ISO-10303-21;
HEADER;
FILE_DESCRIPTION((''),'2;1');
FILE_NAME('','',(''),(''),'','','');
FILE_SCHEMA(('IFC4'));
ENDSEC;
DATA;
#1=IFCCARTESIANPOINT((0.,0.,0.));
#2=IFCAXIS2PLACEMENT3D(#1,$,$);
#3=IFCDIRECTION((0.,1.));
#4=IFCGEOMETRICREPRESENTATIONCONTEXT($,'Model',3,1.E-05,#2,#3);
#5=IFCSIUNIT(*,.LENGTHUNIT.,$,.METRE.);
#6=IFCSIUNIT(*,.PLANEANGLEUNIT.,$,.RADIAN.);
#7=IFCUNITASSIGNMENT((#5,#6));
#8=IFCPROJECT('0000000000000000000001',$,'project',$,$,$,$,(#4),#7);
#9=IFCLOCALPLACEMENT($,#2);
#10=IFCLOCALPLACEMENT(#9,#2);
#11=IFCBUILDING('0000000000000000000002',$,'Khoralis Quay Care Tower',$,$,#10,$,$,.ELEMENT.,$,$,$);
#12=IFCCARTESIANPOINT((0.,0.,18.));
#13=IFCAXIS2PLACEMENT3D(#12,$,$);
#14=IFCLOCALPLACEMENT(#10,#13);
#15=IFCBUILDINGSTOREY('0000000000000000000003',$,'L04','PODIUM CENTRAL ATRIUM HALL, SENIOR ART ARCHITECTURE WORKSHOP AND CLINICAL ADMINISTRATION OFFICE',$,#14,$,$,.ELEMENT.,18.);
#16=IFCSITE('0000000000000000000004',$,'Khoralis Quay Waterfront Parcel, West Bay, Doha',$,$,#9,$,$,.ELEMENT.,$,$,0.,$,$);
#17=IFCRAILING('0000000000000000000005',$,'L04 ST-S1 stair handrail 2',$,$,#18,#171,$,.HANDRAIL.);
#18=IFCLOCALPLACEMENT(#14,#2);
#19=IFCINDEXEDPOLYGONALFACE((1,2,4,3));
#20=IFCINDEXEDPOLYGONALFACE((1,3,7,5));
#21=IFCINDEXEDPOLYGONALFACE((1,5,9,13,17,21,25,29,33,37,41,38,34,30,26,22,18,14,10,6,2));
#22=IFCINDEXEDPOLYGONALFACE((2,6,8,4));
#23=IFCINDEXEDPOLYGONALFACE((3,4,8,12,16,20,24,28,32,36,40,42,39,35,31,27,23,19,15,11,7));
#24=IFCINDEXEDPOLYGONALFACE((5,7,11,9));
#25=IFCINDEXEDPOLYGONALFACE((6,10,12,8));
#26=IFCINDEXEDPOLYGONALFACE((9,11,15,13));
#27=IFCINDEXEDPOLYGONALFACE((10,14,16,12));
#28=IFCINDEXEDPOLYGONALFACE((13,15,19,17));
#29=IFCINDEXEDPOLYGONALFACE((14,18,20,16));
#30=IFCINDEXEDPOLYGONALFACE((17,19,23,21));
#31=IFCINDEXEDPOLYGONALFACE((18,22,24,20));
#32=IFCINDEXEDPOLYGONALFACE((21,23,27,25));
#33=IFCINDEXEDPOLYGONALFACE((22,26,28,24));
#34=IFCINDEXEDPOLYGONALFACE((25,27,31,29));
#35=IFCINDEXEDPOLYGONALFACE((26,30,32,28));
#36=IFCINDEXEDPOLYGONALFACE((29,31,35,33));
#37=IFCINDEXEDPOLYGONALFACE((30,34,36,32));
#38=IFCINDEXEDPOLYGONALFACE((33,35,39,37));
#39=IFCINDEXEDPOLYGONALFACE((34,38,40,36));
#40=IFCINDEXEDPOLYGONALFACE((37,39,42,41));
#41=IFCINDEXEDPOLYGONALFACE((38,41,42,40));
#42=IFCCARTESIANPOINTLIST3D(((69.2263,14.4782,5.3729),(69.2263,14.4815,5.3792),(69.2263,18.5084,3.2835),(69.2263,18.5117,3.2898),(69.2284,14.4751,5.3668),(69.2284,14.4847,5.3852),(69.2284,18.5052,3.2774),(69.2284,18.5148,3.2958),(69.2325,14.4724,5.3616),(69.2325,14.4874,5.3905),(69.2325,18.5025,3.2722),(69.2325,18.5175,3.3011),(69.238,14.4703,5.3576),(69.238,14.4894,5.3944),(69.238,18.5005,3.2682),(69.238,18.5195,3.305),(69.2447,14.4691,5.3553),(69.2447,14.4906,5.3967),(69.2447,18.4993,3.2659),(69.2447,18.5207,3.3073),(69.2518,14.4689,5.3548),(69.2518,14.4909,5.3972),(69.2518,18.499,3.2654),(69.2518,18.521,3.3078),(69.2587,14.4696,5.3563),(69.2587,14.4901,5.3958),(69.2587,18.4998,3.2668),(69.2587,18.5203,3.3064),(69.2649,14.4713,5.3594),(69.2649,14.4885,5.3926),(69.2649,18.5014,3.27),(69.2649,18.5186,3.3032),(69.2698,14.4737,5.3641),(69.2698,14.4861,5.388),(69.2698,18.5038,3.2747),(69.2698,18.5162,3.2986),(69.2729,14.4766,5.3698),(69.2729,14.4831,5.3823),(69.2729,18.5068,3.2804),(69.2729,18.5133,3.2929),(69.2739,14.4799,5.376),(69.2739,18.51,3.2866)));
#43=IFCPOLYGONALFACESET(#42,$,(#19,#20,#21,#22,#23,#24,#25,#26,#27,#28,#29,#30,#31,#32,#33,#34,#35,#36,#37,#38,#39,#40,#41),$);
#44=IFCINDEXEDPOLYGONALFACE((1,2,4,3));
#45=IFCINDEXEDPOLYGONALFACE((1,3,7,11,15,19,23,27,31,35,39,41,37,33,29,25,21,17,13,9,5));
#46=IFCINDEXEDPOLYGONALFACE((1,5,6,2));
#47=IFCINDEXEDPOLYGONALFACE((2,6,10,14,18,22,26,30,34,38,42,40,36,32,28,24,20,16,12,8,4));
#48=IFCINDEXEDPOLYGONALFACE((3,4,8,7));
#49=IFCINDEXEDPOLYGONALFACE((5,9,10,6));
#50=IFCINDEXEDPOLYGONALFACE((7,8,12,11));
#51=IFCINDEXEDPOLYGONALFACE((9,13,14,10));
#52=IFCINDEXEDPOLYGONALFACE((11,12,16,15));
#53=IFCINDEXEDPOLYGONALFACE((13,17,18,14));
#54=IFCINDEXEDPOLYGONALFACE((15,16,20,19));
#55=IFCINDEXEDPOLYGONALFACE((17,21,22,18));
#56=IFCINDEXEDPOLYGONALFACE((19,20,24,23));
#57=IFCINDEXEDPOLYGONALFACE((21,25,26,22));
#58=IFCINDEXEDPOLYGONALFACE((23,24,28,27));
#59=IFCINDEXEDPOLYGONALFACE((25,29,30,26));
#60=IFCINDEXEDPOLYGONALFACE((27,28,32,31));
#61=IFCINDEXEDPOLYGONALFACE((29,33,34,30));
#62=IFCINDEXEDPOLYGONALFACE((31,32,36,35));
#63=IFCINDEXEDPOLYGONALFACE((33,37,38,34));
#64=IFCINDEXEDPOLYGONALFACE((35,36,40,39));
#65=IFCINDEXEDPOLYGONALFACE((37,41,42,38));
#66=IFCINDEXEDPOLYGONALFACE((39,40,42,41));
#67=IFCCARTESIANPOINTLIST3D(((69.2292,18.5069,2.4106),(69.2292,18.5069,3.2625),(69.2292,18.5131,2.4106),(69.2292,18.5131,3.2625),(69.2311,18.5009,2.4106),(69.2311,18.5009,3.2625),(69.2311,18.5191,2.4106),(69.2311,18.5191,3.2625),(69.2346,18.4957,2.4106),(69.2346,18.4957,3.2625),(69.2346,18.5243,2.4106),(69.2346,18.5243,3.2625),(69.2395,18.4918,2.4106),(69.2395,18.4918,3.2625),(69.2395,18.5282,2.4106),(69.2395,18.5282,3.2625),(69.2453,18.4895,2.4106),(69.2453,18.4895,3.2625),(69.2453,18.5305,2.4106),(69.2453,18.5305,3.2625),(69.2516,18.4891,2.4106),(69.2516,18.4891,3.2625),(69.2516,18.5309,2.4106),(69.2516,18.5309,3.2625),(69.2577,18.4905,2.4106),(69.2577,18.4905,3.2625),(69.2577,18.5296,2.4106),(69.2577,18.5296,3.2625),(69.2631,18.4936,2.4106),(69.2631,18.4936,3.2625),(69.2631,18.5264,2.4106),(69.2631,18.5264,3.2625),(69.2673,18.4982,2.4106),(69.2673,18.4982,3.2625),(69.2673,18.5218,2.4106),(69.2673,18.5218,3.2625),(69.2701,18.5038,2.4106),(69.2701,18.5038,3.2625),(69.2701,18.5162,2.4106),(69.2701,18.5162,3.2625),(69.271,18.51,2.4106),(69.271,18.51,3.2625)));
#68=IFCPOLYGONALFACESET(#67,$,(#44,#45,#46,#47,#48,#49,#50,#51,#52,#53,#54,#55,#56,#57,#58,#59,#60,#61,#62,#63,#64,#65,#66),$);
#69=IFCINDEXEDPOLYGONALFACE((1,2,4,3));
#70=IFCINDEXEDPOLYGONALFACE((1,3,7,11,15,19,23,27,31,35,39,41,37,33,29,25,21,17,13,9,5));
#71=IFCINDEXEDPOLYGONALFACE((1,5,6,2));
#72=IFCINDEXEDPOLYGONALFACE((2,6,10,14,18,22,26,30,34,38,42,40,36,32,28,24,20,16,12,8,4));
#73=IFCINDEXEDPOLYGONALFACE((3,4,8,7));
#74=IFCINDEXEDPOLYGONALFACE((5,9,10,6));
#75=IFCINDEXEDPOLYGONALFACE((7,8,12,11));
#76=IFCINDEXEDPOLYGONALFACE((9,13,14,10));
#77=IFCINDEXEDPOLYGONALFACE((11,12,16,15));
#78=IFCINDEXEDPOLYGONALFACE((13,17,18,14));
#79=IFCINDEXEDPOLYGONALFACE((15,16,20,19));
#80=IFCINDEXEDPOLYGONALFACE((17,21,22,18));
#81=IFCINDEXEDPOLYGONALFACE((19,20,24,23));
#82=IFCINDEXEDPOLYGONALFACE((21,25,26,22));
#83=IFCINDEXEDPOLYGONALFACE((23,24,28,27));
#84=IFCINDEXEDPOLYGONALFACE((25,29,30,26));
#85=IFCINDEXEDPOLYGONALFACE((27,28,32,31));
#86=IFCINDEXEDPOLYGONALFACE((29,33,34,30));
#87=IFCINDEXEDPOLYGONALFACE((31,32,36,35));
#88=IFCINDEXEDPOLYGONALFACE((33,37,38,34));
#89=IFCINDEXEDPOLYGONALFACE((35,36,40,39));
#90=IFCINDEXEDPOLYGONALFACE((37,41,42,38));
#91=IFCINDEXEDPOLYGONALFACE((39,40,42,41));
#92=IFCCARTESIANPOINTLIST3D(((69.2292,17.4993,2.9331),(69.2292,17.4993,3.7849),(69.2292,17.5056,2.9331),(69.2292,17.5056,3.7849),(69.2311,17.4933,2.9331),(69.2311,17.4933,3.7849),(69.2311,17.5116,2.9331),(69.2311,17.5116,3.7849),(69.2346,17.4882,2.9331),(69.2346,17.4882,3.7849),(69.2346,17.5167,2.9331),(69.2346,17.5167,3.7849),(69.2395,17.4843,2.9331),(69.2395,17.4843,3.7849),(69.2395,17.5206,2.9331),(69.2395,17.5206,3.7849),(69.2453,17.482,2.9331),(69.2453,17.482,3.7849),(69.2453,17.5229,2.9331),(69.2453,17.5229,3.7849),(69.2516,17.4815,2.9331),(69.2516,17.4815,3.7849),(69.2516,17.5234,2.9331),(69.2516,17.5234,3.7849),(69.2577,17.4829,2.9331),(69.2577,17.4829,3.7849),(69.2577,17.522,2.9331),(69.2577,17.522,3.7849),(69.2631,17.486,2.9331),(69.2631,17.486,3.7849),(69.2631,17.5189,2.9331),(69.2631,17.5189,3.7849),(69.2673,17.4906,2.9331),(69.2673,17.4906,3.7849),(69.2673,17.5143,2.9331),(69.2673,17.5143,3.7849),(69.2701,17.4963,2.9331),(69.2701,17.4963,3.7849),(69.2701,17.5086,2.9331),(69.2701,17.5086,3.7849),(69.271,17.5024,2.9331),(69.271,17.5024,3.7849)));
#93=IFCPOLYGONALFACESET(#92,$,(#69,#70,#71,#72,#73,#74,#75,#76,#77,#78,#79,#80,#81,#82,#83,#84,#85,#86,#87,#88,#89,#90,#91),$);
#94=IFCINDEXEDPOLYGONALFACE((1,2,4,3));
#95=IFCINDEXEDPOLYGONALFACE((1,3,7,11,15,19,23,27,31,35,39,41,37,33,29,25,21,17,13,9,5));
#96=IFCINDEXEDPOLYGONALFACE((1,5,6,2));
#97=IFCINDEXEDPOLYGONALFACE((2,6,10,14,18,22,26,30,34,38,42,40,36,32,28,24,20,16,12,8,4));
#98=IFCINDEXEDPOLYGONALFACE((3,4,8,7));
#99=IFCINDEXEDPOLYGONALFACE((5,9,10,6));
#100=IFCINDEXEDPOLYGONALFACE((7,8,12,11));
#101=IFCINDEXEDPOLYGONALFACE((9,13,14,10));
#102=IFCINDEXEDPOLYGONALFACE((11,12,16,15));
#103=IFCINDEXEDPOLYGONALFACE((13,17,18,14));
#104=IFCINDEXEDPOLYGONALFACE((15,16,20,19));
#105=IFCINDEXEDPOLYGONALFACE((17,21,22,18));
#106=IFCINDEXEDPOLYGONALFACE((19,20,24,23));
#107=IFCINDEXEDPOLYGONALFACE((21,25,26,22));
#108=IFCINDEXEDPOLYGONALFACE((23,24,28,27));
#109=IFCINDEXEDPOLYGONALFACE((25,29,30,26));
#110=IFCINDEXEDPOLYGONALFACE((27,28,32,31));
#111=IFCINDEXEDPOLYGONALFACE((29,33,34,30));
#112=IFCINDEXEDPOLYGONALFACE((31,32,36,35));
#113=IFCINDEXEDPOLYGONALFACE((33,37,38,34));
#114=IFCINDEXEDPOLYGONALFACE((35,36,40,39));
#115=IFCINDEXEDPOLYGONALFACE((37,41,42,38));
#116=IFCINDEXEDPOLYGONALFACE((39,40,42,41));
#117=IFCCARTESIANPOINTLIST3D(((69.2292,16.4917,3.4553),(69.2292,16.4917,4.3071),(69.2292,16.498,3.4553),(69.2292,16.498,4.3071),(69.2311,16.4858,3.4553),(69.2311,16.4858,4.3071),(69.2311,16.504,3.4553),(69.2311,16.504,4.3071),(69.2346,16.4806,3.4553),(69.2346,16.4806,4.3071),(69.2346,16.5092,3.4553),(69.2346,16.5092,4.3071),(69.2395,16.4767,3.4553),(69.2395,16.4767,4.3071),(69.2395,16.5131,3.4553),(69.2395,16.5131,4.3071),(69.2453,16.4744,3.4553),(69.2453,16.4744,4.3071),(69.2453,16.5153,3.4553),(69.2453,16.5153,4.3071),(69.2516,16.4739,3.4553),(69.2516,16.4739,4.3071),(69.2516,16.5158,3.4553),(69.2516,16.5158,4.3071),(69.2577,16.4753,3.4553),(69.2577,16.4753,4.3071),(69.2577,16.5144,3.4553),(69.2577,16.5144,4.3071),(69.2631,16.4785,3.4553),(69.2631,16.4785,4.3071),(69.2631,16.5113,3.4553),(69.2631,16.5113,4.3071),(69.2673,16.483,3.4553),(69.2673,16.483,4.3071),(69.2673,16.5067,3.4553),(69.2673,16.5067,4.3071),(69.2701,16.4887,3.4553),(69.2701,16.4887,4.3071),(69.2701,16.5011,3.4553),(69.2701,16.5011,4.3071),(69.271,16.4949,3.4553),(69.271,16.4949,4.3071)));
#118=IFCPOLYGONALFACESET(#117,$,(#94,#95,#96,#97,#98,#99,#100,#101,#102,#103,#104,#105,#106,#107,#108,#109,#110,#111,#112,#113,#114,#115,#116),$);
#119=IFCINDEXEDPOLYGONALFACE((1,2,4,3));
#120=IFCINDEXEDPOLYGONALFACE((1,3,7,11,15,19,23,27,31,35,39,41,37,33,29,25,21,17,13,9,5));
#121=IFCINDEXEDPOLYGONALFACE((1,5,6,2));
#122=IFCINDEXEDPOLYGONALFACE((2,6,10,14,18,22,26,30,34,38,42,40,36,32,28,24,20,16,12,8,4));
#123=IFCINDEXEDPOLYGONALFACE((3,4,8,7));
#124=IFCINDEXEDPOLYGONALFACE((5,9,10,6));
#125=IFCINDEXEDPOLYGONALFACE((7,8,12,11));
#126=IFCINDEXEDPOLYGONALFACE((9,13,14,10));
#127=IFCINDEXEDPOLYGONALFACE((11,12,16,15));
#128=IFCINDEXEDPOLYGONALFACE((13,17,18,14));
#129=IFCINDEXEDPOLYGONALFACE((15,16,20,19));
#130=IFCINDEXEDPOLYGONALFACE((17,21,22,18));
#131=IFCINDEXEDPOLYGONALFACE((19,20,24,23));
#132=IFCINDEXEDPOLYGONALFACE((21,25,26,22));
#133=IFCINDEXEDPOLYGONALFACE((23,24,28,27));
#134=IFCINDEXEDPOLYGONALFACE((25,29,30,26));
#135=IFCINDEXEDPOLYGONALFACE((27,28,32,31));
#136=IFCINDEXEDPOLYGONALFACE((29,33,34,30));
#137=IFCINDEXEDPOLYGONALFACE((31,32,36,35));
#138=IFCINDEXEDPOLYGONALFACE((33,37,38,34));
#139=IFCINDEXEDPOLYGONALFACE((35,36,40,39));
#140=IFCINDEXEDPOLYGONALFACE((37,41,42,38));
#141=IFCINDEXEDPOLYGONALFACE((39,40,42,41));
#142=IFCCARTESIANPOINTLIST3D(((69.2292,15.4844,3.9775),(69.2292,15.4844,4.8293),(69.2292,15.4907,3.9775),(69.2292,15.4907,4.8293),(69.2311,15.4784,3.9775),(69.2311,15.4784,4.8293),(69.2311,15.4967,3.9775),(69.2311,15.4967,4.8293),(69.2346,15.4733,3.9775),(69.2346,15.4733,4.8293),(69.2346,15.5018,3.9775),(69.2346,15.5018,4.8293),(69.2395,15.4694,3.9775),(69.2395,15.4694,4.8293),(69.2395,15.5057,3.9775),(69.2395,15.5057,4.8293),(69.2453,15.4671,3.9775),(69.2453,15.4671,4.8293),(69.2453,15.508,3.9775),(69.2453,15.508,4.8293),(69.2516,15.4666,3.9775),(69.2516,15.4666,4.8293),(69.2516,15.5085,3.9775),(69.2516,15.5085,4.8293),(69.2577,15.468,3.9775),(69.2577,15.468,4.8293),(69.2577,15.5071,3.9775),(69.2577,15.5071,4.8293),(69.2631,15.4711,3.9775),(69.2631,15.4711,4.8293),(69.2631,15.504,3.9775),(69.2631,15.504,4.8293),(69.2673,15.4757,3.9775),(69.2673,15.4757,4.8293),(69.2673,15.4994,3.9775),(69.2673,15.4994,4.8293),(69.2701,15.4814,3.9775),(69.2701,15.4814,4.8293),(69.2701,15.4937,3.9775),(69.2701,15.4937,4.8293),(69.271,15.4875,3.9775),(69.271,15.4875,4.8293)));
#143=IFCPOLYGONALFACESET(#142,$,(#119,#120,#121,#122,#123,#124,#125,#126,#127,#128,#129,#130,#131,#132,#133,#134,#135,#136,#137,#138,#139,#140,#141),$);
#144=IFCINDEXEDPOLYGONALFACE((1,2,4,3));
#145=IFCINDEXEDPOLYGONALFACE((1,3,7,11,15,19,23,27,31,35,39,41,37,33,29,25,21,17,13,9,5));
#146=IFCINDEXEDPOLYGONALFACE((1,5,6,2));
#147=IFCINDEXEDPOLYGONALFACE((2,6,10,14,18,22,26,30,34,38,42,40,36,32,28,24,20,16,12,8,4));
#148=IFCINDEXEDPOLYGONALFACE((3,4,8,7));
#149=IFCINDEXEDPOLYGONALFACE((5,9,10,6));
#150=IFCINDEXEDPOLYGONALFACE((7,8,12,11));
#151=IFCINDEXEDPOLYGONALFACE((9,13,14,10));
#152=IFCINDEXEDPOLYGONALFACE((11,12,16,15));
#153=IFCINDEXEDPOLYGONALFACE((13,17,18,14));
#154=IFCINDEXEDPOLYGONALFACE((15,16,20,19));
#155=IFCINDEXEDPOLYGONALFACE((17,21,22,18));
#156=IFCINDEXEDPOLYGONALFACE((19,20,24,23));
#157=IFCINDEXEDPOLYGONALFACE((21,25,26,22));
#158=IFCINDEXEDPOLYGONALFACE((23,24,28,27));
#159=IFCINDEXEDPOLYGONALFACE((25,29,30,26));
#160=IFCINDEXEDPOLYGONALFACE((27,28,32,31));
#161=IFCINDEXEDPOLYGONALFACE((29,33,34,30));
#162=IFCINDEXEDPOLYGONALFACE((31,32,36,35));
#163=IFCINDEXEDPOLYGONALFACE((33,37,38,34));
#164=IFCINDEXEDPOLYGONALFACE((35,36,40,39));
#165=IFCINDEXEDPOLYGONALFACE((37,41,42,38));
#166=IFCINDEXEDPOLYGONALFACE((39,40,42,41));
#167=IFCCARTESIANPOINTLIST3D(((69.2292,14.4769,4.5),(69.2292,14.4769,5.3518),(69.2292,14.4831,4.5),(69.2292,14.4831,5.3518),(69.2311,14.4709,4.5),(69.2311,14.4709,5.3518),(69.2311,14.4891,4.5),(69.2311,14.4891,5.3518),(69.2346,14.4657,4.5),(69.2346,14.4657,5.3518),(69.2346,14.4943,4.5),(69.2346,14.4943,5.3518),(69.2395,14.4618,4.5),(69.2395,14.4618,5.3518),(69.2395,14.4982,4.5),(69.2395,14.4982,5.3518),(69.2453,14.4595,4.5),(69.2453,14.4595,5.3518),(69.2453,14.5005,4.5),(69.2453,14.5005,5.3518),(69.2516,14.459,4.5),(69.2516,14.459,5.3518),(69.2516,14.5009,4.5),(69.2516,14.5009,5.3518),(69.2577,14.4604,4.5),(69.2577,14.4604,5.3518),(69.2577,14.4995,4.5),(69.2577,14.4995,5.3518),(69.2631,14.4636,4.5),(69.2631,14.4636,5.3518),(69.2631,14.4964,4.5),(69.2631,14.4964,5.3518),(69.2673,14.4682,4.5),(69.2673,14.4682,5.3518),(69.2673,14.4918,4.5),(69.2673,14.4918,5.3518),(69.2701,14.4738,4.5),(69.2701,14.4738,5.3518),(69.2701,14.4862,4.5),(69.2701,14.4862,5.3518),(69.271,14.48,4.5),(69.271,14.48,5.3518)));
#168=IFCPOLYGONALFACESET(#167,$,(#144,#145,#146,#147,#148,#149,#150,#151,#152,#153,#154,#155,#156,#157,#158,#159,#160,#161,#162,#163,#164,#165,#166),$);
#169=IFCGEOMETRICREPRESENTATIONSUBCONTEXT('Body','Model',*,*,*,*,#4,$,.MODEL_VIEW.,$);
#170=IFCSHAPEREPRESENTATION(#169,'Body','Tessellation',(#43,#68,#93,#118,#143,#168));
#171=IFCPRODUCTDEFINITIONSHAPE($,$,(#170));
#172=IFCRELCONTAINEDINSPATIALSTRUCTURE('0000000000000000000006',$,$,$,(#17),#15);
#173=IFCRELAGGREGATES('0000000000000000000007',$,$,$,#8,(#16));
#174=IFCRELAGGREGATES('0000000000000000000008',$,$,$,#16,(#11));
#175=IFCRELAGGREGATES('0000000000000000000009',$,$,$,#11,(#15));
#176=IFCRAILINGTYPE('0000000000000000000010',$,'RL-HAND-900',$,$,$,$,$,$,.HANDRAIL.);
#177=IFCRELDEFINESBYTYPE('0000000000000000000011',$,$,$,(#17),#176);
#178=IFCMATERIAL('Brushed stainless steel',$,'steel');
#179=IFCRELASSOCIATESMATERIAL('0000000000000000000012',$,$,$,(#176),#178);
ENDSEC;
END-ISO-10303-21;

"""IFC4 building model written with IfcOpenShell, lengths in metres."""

from ifc_helpers import new_model, si_unit, direction, frame, origin, origin_2d, place, context, subcontext, project, spatial, circle, extrude, material, type_object, element, save


model = new_model("IFC4")

# Units and contexts
model_context = context("Model", 3, precision=1e-05, world=origin(), true_north=direction((0.0, 1.0)))
body_context = subcontext(model_context, "Body", "Model", "MODEL_VIEW")
ifc_project = project(units=[si_unit("LENGTHUNIT", "METRE"), si_unit("PLANEANGLEUNIT", "RADIAN")], contexts=[model_context])

# Site, building, storey
site_placement = place(None, origin())
site = spatial("IfcSite", under=ifc_project, at=site_placement, Name="Khoralis Quay Waterfront Parcel, West Bay, Doha", CompositionType="ELEMENT", RefElevation=0.0)
building_placement = place(site_placement, origin())
building = spatial("IfcBuilding", under=site, at=building_placement, Name="Khoralis Quay Care Tower", CompositionType="ELEMENT")
storey_placement = place(building_placement, frame((0.0, 0.0, 18.0)))
storey = spatial("IfcBuildingStorey", under=building, at=storey_placement, Name="L04", Description="PODIUM CENTRAL ATRIUM HALL, SENIOR ART ARCHITECTURE WORKSHOP AND CLINICAL ADMINISTRATION OFFICE", CompositionType="ELEMENT", Elevation=18.0)

# Railing
ifc_material_1 = material(Name="Brushed stainless steel", Category="steel")
railing_type_1 = type_object("IfcRailingType", Name="RL-HAND-900", PredefinedType="HANDRAIL", material=ifc_material_1)
railing_1_placement = place(storey_placement, frame((69.25, 18.51, 2.4106)))
element("IfcRailing", 1, at=railing_1_placement, inside=storey, type_object=railing_type_1, Name="L04 ST-S1 stair handrail 2", PredefinedType="HANDRAIL", context=body_context, shape_type="SweptSolid", body=[
    extrude(circle(Radius=0.0239, at=origin_2d()), frame((0.0, 0.0, 0.876), z_axis=(0.0, -0.887781, 0.460267), x_axis=(1.0, 0.0, 0.0)), (0.0, 0.0, 1.0), 4.5396),
    extrude(circle(Radius=0.021, at=origin_2d()), origin(), (0.0, 0.0, 1.0), 0.8518),
    extrude(circle(Radius=0.021, at=origin_2d()), frame((0.0, -1.0076, 0.5225)), (0.0, 0.0, 1.0), 0.8518),
    extrude(circle(Radius=0.021, at=origin_2d()), frame((0.0, -2.0151, 1.0447)), (0.0, 0.0, 1.0), 0.8518),
    extrude(circle(Radius=0.021, at=origin_2d()), frame((0.0, -3.0225, 1.5669)), (0.0, 0.0, 1.0), 0.8518),
    extrude(circle(Radius=0.021, at=origin_2d()), frame((0.0, -4.03, 2.0894)), (0.0, 0.0, 1.0), 0.8518),
])

save(model, "model.ifc")
